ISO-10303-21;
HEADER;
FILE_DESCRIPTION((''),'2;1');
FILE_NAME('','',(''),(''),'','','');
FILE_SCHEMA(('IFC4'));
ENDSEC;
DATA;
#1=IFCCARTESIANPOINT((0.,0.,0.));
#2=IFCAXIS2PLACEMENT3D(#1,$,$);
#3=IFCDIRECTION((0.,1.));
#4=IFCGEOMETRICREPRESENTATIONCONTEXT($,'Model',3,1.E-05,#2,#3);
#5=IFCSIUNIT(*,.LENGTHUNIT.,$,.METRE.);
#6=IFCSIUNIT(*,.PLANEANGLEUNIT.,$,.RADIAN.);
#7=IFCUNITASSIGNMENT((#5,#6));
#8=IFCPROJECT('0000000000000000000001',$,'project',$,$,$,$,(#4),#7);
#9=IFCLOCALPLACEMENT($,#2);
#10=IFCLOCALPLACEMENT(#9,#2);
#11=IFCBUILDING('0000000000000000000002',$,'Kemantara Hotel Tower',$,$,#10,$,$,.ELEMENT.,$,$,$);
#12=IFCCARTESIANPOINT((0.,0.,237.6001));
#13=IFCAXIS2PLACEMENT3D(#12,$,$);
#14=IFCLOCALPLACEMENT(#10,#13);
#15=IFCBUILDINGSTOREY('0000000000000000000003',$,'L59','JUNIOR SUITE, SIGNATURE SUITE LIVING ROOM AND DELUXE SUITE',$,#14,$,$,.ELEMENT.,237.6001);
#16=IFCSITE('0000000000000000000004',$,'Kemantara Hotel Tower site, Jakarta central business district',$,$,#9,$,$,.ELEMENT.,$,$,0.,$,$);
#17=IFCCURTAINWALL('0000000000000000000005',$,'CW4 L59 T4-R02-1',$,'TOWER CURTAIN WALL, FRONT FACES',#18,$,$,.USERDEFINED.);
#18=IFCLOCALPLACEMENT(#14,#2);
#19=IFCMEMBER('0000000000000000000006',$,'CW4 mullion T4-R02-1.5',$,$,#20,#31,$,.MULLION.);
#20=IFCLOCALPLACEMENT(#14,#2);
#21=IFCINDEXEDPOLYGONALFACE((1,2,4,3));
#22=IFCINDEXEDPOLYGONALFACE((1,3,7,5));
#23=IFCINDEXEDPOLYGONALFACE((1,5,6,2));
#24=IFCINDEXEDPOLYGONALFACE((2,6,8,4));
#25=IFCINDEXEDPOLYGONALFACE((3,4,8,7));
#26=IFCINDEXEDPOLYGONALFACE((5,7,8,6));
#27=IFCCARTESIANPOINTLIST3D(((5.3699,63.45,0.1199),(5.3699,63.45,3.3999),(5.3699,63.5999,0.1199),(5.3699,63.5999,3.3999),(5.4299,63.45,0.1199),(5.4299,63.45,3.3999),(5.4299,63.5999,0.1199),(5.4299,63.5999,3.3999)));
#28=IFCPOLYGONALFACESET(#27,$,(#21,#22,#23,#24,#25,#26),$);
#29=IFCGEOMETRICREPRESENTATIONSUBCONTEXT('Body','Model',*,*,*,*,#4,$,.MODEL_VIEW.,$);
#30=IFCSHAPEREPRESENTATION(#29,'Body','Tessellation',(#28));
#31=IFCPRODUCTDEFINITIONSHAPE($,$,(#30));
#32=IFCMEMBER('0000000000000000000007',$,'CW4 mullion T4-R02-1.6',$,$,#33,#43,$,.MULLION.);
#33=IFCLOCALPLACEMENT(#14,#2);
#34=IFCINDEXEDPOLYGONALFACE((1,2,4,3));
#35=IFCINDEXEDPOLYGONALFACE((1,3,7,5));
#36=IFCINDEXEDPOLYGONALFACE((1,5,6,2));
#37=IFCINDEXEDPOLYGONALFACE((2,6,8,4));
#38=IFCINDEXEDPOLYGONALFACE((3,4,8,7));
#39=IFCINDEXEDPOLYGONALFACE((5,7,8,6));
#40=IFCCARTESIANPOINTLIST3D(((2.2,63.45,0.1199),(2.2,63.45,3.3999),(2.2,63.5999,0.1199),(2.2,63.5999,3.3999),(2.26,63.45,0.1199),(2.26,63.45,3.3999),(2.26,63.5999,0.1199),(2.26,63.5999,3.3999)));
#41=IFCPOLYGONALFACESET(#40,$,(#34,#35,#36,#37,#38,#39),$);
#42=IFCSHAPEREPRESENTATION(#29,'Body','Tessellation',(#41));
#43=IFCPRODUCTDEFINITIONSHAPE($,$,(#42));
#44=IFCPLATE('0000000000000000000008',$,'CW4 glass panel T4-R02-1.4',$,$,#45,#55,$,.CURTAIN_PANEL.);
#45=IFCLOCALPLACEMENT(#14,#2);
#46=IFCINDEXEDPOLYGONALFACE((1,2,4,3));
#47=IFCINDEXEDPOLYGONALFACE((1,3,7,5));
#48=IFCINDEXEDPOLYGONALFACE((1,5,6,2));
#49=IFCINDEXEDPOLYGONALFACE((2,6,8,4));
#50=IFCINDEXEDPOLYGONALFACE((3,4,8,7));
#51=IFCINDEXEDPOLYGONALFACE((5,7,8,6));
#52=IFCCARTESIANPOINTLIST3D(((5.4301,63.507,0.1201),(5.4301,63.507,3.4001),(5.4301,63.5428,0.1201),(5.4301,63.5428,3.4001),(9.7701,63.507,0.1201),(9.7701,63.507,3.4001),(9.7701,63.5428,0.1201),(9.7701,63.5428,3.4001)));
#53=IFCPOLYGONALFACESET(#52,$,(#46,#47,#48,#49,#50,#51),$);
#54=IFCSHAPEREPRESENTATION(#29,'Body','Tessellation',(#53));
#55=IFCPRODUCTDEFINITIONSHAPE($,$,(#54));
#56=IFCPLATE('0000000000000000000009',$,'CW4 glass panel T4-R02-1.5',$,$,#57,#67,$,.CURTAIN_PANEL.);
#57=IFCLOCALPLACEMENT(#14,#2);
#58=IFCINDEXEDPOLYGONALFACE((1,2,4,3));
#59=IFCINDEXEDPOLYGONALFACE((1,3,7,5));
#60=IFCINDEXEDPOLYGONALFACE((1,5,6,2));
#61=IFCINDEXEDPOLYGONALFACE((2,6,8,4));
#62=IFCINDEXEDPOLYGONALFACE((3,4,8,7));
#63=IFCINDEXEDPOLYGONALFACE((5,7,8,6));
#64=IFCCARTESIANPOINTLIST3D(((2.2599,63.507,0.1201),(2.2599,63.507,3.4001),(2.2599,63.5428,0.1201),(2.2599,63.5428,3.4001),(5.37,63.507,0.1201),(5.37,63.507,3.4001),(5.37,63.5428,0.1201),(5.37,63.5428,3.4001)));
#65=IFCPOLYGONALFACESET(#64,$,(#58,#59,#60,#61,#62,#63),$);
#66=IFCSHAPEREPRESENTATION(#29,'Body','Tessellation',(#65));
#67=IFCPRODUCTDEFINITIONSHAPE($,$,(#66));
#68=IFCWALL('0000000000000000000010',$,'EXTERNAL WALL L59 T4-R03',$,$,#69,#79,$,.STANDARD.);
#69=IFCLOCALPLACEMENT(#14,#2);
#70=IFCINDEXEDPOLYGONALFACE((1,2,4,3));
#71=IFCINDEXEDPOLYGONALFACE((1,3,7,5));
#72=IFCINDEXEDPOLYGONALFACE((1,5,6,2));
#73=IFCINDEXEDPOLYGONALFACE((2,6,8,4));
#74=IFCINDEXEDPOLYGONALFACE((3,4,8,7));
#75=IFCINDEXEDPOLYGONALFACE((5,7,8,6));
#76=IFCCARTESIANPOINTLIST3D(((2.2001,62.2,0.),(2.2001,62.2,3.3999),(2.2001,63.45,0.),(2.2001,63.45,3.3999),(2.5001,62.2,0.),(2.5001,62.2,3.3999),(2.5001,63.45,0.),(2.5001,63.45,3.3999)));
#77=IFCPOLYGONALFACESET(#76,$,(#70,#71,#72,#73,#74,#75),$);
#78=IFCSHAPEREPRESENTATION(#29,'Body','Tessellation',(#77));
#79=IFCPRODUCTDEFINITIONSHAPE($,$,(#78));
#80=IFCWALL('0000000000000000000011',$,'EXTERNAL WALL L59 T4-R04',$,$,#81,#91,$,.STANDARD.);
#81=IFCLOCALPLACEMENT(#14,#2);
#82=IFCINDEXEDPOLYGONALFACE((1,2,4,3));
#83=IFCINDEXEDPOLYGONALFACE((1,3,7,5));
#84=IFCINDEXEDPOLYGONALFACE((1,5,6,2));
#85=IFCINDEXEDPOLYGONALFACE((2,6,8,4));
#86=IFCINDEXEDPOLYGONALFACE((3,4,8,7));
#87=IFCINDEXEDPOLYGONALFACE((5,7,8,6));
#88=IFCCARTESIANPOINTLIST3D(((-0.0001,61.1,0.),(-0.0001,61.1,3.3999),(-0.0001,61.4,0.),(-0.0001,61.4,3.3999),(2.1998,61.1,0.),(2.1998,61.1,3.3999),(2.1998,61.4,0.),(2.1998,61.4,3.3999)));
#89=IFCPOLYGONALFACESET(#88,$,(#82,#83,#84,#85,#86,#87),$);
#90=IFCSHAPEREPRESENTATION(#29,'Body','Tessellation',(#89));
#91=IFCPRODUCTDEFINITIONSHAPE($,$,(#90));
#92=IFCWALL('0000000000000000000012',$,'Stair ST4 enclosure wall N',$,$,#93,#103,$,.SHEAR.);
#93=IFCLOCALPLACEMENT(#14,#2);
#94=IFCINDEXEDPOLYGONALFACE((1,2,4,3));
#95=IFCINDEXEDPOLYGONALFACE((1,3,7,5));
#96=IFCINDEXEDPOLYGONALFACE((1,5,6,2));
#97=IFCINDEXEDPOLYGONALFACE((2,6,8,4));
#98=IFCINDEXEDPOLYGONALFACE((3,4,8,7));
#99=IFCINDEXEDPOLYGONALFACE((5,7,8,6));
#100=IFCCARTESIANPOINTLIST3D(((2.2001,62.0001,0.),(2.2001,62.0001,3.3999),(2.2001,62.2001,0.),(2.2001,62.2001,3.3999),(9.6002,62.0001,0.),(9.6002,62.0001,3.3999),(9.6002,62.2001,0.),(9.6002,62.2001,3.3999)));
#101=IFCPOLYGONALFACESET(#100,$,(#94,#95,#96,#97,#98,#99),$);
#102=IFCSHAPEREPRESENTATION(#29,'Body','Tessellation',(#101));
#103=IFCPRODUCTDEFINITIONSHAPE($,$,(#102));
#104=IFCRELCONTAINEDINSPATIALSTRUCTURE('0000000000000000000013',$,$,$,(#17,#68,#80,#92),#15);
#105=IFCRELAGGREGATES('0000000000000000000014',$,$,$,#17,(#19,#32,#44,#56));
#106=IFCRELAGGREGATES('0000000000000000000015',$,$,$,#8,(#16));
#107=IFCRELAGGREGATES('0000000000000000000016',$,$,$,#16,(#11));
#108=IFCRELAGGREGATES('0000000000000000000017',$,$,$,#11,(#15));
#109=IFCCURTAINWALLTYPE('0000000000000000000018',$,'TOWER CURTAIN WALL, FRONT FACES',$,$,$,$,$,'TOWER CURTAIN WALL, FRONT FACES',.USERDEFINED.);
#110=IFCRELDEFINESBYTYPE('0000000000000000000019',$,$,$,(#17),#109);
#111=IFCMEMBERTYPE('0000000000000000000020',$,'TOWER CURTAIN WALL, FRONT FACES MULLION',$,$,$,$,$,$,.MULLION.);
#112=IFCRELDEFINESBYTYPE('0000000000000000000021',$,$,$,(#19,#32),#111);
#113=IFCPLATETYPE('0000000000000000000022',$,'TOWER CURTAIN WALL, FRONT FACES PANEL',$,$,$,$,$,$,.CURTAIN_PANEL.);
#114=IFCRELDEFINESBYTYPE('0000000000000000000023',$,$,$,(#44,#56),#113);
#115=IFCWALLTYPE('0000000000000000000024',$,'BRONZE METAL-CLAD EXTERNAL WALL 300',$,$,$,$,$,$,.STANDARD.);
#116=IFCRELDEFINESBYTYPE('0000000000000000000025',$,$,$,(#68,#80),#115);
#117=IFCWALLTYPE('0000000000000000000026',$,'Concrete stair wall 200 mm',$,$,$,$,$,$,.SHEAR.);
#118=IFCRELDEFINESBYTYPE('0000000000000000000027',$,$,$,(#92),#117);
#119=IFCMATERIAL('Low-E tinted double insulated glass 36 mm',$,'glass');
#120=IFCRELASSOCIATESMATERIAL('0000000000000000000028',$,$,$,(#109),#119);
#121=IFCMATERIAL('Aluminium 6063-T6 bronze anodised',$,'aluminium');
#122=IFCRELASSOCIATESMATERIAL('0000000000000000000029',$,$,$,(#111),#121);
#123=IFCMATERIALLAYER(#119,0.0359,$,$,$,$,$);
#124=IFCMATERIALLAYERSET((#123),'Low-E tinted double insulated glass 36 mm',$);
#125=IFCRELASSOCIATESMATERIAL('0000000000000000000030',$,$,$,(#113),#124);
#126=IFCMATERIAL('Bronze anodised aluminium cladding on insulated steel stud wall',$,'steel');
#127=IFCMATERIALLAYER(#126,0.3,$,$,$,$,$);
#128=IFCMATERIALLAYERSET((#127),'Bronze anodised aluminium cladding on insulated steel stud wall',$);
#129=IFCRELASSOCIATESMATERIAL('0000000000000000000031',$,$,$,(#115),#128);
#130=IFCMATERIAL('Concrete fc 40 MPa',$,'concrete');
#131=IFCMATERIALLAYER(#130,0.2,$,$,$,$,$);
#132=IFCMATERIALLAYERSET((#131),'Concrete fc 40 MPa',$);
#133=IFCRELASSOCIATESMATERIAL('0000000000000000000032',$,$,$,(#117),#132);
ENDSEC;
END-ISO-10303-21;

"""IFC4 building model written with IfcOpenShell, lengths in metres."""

from ifc_helpers import new_model, si_unit, direction, frame, frame_2d, origin, origin_2d, place, context, subcontext, project, spatial, rectangle, extrude, source, transform, mapped, material, layer, layer_set, material_profile, profile_set, type_object, element, aggregate, save


model = new_model("IFC4")

# Units and contexts
model_context = context("Model", 3, precision=1e-05, world=origin(), true_north=direction((0.0, 1.0)))
body_context = subcontext(model_context, "Body", "Model", "MODEL_VIEW")
ifc_project = project(units=[si_unit("LENGTHUNIT", "METRE"), si_unit("PLANEANGLEUNIT", "RADIAN")], contexts=[model_context])

# Site, building, storey
site_placement = place(None, origin())
site = spatial("IfcSite", under=ifc_project, at=site_placement, Name="Kemantara Hotel Tower site, Jakarta central business district", CompositionType="ELEMENT", RefElevation=0.0)
building_placement = place(site_placement, origin())
building = spatial("IfcBuilding", under=site, at=building_placement, Name="Kemantara Hotel Tower", CompositionType="ELEMENT")
storey_placement = place(building_placement, frame((0.0, 0.0, 237.6001)))
storey = spatial("IfcBuildingStorey", under=building, at=storey_placement, Name="L59", Description="JUNIOR SUITE, SIGNATURE SUITE LIVING ROOM AND DELUXE SUITE", CompositionType="ELEMENT", Elevation=237.6001)

# Curtain wall, members, plates
ifc_material_1 = material(Name="Low-E tinted double insulated glass 36 mm", Category="glass")
curtain_wall_type = type_object("IfcCurtainWallType", Name="TOWER CURTAIN WALL, FRONT FACES", ElementType="TOWER CURTAIN WALL, FRONT FACES", PredefinedType="USERDEFINED", material=ifc_material_1)
curtain_wall_placement = place(storey_placement, origin())
curtain_wall = element("IfcCurtainWall", 1, at=curtain_wall_placement, inside=storey, type_object=curtain_wall_type, Name="CW4 L59 T4-R02-1", ObjectType="TOWER CURTAIN WALL, FRONT FACES", PredefinedType="USERDEFINED")
ifc_material_2 = material(Name="Aluminium 6063-T6 bronze anodised", Category="aluminium")
ifc_material_profile = material_profile(ifc_material_2, rectangle(XDim=0.1499, YDim=0.0601, at=origin_2d()), Name="TOWER CURTAIN WALL, FRONT FACES MULLION")
ifc_profile_set = profile_set([ifc_material_profile], Name="Aluminium 6063-T6 bronze anodised")
member_type = type_object("IfcMemberType", Name="TOWER CURTAIN WALL, FRONT FACES MULLION", PredefinedType="MULLION", material=ifc_profile_set)
shared_shape_1 = source(origin(), body_context, "Body", "SweptSolid", [
    extrude(rectangle(XDim=0.1499, YDim=0.0601, at=origin_2d()), origin(), (0.0, 0.0, 1.0), 3.28),
])
member_1_placement = place(storey_placement, frame((5.3999, 63.5249, 0.1199), z_axis=(0.0, 0.0, 1.0), x_axis=(0.0, -1.0, 0.0)))
member_1 = element("IfcMember", 2, at=member_1_placement, type_object=member_type, Name="CW4 mullion T4-R02-1.5", PredefinedType="MULLION", context=body_context, shape_type="MappedRepresentation", body=[
    mapped(shared_shape_1, transform((0.0, 0.0, 0.0))),
])
member_2_placement = place(storey_placement, frame((2.23, 63.5249, 0.1199), z_axis=(0.0, 0.0, 1.0), x_axis=(0.0, -1.0, 0.0)))
member_2 = element("IfcMember", 3, at=member_2_placement, type_object=member_type, Name="CW4 mullion T4-R02-1.6", PredefinedType="MULLION", context=body_context, shape_type="MappedRepresentation", body=[
    mapped(shared_shape_1, transform((0.0, 0.0, 0.0))),
])
ifc_layer_1 = layer(ifc_material_1, 0.0359)
ifc_layer_set_1 = layer_set([ifc_layer_1], Name="Low-E tinted double insulated glass 36 mm")
plate_type = type_object("IfcPlateType", Name="TOWER CURTAIN WALL, FRONT FACES PANEL", PredefinedType="CURTAIN_PANEL", material=ifc_layer_set_1)
shared_shape_2 = source(origin(), body_context, "Body", "SweptSolid", [
    extrude(rectangle(XDim=4.3401, YDim=0.0359, at=origin_2d()), origin(), (0.0, 0.0, 1.0), 3.28),
])
plate_1_placement = place(storey_placement, frame((7.6001, 63.5249, 0.1201), z_axis=(0.0, 0.0, 1.0), x_axis=(-1.0, 0.0, 0.0)))
plate_1 = element("IfcPlate", 4, at=plate_1_placement, type_object=plate_type, Name="CW4 glass panel T4-R02-1.4", PredefinedType="CURTAIN_PANEL", context=body_context, shape_type="MappedRepresentation", body=[
    mapped(shared_shape_2, transform((0.0, 0.0, 0.0))),
])
shared_shape_3 = source(origin(), body_context, "Body", "SweptSolid", [
    extrude(rectangle(XDim=3.1101, YDim=0.0359, at=origin_2d()), origin(), (0.0, 0.0, 1.0), 3.28),
])
plate_2_placement = place(storey_placement, frame((3.8149, 63.5249, 0.1201), z_axis=(0.0, 0.0, 1.0), x_axis=(-1.0, 0.0, 0.0)))
plate_2 = element("IfcPlate", 5, at=plate_2_placement, type_object=plate_type, Name="CW4 glass panel T4-R02-1.5", PredefinedType="CURTAIN_PANEL", context=body_context, shape_type="MappedRepresentation", body=[
    mapped(shared_shape_3, transform((0.0, 0.0, 0.0))),
])
aggregate(curtain_wall, [member_1, member_2, plate_1, plate_2])

# Walls
ifc_material_3 = material(Name="Bronze anodised aluminium cladding on insulated steel stud wall", Category="steel")
ifc_layer_2 = layer(ifc_material_3, 0.3)
ifc_layer_set_2 = layer_set([ifc_layer_2], Name="Bronze anodised aluminium cladding on insulated steel stud wall")
wall_type_1 = type_object("IfcWallType", Name="BRONZE METAL-CLAD EXTERNAL WALL 300", PredefinedType="STANDARD", material=ifc_layer_set_2)
wall_1_placement = place(storey_placement, frame((2.3501, 63.45, 0.0), z_axis=(0.0, 0.0, 1.0), x_axis=(0.0, -1.0, 0.0)))
element("IfcWall", 6, at=wall_1_placement, inside=storey, type_object=wall_type_1, Name="EXTERNAL WALL L59 T4-R03", PredefinedType="STANDARD", context=body_context, shape_type="SweptSolid", body=[
    extrude(rectangle(XDim=1.25, YDim=0.3, at=frame_2d((0.625, 0.0))), origin(), (0.0, 0.0, 1.0), 3.3999),
])
wall_2_placement = place(storey_placement, frame((2.2, 61.25, 0.0), z_axis=(0.0, 0.0, 1.0), x_axis=(-1.0, 0.0, 0.0)))
element("IfcWall", 7, at=wall_2_placement, inside=storey, type_object=wall_type_1, Name="EXTERNAL WALL L59 T4-R04", PredefinedType="STANDARD", context=body_context, shape_type="SweptSolid", body=[
    extrude(rectangle(XDim=2.2, YDim=0.3, at=frame_2d((1.1001, 0.0))), origin(), (0.0, 0.0, 1.0), 3.3999),
])

# Wall
ifc_material_4 = material(Name="Concrete fc 40 MPa", Category="concrete")
ifc_layer_3 = layer(ifc_material_4, 0.2)
ifc_layer_set_3 = layer_set([ifc_layer_3], Name="Concrete fc 40 MPa")
wall_type_2 = type_object("IfcWallType", Name="Concrete stair wall 200 mm", PredefinedType="SHEAR", material=ifc_layer_set_3)
wall_3_placement = place(storey_placement, frame((2.2, 62.1001, 0.0), z_axis=(0.0, 0.0, 1.0), x_axis=(1.0, 0.0, 0.0)))
element("IfcWall", 8, at=wall_3_placement, inside=storey, type_object=wall_type_2, Name="Stair ST4 enclosure wall N", PredefinedType="SHEAR", context=body_context, shape_type="SweptSolid", body=[
    extrude(rectangle(XDim=7.4001, YDim=0.2, at=frame_2d((3.7002, 0.0))), origin(), (0.0, 0.0, 1.0), 3.3999),
])

save(model, "model.ifc")
